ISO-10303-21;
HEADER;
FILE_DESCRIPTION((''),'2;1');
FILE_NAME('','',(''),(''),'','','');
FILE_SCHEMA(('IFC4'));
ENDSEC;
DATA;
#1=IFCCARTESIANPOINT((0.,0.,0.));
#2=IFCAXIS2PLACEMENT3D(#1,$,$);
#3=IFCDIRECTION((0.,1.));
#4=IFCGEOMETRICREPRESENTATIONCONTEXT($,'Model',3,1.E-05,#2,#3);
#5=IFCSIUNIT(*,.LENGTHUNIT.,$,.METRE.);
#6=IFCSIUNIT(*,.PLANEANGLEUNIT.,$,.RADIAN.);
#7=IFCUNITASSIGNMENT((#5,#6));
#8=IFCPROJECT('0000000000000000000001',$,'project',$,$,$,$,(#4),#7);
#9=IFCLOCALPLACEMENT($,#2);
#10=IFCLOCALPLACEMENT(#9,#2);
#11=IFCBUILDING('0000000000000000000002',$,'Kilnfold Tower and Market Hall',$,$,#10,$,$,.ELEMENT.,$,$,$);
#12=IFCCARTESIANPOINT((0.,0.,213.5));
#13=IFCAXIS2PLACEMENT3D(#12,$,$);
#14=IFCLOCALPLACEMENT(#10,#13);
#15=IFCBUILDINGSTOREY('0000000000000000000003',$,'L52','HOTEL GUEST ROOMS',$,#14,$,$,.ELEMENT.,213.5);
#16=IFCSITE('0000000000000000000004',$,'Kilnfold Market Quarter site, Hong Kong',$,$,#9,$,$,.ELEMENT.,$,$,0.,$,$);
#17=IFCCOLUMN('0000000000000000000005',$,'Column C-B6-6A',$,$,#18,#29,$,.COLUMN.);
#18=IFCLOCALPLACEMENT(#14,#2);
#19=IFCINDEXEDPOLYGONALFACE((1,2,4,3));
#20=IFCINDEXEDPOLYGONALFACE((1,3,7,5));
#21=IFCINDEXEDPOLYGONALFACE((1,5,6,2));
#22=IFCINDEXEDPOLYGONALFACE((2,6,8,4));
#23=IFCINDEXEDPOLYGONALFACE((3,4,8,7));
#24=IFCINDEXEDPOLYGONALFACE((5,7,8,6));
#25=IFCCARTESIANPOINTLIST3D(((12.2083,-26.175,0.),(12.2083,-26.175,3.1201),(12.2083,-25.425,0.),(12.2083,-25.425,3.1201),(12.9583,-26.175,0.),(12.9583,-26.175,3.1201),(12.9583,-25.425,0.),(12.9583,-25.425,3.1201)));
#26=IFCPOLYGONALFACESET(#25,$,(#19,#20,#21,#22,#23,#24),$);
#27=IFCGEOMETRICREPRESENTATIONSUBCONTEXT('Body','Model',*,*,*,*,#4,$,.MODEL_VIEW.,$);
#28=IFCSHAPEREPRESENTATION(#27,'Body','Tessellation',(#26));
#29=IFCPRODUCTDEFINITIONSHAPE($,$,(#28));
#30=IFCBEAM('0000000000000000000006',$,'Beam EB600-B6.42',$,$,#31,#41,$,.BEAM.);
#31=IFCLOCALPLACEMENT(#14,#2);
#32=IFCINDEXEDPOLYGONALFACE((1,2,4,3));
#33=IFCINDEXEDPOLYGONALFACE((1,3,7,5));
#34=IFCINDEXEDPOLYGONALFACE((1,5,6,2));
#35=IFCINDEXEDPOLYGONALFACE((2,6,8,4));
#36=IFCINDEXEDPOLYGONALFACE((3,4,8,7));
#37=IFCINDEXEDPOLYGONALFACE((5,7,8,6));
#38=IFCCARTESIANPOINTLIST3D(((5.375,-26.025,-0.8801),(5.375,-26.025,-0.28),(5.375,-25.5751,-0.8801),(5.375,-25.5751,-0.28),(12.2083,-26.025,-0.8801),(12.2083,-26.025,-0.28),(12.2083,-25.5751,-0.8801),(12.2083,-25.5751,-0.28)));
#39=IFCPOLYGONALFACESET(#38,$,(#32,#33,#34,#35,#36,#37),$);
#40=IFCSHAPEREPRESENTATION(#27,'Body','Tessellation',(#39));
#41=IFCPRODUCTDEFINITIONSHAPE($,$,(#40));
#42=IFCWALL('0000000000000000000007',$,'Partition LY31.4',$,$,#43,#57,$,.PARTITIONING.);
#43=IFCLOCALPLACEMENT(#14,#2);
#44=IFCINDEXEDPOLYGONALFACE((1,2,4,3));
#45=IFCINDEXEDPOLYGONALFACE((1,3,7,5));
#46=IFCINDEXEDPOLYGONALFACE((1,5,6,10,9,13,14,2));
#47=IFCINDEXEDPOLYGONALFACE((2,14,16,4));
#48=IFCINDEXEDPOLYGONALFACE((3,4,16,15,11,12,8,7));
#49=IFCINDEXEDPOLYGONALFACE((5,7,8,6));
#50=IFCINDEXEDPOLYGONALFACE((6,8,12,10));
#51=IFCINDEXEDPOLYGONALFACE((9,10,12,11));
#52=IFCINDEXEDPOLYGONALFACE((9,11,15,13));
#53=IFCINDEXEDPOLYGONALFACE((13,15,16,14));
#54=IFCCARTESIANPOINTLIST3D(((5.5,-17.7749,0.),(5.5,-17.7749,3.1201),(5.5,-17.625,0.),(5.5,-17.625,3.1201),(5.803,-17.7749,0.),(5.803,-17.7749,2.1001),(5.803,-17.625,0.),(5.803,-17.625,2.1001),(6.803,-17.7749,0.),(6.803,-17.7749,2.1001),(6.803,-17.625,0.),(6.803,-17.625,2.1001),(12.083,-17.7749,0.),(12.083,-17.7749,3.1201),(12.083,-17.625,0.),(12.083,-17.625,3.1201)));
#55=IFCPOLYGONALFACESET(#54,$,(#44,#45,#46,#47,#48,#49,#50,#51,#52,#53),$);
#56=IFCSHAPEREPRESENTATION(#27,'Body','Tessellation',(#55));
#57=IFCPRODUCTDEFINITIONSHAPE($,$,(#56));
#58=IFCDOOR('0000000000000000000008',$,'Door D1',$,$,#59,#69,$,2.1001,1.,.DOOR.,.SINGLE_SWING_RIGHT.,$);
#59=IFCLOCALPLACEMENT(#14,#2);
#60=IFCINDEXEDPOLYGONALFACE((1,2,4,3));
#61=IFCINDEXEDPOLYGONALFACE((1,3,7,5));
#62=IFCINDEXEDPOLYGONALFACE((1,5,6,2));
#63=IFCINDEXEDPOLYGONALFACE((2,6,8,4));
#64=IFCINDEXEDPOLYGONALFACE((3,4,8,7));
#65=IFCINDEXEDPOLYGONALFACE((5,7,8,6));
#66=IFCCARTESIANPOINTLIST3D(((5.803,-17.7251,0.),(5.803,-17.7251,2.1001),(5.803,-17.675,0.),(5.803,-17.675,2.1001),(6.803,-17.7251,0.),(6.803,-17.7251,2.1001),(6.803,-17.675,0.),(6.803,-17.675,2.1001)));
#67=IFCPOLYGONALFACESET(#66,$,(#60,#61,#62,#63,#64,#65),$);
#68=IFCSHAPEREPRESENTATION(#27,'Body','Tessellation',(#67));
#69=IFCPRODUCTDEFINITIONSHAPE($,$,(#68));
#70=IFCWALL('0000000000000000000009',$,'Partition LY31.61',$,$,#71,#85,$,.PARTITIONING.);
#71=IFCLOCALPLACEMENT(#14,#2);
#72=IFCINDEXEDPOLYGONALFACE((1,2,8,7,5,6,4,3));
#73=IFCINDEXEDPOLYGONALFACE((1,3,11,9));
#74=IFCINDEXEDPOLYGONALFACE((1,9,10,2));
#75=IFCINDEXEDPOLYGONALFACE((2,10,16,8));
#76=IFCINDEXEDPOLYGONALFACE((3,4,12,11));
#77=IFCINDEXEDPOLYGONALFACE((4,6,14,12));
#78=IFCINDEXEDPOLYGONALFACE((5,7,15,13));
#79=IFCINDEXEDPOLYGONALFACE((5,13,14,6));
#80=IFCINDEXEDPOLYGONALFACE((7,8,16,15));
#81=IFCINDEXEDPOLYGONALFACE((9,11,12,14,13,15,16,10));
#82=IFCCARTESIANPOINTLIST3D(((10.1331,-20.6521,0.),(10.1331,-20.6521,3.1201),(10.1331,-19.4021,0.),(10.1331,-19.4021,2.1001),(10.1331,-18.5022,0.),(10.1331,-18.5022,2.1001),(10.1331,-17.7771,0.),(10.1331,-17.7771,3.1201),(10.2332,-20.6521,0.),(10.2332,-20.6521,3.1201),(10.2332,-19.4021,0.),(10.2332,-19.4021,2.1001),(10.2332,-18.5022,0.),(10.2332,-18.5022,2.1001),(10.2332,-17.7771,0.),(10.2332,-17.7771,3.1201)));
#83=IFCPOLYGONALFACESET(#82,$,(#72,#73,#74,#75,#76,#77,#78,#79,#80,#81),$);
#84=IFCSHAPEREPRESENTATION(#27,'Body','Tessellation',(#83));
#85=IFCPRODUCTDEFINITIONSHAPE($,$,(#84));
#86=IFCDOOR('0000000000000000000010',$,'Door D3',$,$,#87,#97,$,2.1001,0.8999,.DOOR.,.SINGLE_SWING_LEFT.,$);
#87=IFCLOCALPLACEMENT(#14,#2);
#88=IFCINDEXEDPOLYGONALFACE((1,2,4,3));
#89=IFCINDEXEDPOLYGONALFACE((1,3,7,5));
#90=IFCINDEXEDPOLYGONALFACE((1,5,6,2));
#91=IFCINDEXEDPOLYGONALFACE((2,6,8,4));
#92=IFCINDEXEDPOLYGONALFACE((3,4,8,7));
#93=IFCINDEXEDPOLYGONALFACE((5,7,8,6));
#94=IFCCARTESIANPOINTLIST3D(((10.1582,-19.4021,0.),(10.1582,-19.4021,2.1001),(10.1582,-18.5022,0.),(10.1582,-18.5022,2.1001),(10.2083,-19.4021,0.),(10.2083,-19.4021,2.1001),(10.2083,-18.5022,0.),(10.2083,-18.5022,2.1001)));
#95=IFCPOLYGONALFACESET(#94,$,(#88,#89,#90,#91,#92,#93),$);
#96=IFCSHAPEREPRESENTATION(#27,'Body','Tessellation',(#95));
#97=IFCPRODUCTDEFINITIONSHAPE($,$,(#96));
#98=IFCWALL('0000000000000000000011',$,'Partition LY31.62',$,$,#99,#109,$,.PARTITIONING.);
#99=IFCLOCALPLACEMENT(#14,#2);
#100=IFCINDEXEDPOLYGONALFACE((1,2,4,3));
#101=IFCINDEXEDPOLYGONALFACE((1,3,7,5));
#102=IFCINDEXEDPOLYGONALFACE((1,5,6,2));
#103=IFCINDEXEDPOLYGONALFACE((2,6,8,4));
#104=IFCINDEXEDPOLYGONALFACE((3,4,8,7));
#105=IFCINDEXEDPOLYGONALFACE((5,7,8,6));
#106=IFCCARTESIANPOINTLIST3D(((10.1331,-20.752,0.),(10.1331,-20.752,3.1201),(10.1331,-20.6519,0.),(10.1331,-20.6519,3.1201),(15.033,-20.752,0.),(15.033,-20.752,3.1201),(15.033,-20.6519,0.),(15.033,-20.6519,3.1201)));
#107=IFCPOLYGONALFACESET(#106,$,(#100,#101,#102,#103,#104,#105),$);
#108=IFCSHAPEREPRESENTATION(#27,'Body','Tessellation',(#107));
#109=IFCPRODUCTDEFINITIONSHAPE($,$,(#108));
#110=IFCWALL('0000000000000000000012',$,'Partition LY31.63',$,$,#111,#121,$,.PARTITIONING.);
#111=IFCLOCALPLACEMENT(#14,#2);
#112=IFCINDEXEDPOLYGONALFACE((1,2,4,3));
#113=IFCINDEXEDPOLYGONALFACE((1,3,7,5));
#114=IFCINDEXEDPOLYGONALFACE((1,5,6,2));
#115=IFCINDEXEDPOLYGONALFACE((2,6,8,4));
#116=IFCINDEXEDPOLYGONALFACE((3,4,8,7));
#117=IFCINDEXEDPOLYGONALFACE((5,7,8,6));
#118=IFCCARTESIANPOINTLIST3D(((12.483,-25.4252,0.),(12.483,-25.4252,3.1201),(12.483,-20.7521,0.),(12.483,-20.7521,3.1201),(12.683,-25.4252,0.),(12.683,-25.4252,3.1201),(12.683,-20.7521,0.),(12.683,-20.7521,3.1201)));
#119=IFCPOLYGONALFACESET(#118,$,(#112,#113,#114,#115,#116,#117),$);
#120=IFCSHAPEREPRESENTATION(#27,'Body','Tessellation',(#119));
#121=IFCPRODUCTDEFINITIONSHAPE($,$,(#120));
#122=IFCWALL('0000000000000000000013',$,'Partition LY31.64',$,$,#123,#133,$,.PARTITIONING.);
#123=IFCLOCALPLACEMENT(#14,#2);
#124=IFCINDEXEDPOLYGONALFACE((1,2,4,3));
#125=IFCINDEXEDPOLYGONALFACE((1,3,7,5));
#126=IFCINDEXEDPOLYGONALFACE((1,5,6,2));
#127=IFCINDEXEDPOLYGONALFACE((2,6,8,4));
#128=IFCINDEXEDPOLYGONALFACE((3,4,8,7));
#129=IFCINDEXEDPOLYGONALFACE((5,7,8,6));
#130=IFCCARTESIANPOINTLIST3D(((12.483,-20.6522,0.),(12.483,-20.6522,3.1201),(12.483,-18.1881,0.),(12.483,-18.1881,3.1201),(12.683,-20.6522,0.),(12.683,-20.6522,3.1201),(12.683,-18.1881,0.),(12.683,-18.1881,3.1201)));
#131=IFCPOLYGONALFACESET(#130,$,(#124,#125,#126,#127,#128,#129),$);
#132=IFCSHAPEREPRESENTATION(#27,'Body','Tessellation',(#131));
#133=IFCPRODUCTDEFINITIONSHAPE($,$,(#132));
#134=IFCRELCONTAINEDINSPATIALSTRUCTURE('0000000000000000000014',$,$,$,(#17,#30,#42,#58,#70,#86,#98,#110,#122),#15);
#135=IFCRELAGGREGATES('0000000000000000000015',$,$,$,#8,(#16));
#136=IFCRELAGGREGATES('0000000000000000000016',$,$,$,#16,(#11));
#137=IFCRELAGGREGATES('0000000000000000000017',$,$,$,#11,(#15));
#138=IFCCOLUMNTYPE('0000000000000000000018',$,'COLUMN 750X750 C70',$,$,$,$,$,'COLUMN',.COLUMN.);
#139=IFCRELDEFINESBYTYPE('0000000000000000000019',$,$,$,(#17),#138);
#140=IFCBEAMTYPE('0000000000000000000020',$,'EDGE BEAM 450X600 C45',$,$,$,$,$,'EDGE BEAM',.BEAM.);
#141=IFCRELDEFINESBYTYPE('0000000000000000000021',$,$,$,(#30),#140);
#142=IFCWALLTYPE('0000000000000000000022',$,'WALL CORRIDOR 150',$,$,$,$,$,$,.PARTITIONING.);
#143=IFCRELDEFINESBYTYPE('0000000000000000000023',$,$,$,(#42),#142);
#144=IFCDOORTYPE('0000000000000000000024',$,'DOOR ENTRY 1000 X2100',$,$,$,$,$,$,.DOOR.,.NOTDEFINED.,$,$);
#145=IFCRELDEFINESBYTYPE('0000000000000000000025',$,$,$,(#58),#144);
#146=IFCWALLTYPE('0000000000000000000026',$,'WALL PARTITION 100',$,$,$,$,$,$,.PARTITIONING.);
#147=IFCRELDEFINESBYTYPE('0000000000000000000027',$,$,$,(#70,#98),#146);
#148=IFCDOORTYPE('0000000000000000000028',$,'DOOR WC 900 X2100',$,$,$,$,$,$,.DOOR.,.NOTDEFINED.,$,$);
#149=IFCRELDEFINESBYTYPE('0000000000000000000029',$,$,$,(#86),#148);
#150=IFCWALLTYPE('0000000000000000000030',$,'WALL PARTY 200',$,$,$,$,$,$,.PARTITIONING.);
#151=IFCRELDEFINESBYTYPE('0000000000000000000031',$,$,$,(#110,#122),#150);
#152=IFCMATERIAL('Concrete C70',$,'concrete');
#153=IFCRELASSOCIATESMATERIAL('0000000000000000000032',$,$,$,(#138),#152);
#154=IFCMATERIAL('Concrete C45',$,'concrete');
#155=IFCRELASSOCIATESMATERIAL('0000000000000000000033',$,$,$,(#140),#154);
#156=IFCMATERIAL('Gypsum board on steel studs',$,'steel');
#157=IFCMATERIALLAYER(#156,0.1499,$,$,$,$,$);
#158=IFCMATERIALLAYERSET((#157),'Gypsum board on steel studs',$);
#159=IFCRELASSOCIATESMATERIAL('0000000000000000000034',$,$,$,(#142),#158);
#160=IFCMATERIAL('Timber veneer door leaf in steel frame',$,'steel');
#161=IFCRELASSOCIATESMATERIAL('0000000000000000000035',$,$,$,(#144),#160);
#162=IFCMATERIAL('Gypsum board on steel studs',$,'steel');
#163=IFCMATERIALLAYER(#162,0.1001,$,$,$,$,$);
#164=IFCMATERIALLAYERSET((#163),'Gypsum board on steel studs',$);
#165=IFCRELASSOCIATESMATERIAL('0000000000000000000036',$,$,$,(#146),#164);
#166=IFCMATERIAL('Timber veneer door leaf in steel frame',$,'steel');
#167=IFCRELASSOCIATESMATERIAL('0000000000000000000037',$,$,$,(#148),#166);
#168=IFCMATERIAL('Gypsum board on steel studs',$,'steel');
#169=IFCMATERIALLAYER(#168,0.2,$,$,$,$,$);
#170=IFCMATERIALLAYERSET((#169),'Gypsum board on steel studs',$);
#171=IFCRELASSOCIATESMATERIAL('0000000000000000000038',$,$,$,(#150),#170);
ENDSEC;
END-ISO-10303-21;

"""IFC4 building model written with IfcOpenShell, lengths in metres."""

from ifc_helpers import new_model, si_unit, direction, frame, frame_2d, origin, origin_2d, place, context, subcontext, project, spatial, rectangle, extrude, source, transform, mapped, material, layer, layer_set, material_profile, profile_set, type_object, element, fill, save


model = new_model("IFC4")

# Units and contexts
model_context = context("Model", 3, precision=1e-05, world=origin(), true_north=direction((0.0, 1.0)))
body_context = subcontext(model_context, "Body", "Model", "MODEL_VIEW")
ifc_project = project(units=[si_unit("LENGTHUNIT", "METRE"), si_unit("PLANEANGLEUNIT", "RADIAN")], contexts=[model_context])

# Site, building, storey
site_placement = place(None, origin())
site = spatial("IfcSite", under=ifc_project, at=site_placement, Name="Kilnfold Market Quarter site, Hong Kong", CompositionType="ELEMENT", RefElevation=0.0)
building_placement = place(site_placement, origin())
building = spatial("IfcBuilding", under=site, at=building_placement, Name="Kilnfold Tower and Market Hall", CompositionType="ELEMENT")
storey_placement = place(building_placement, frame((0.0, 0.0, 213.5)))
storey = spatial("IfcBuildingStorey", under=building, at=storey_placement, Name="L52", Description="HOTEL GUEST ROOMS", CompositionType="ELEMENT", Elevation=213.5)

# Column
ifc_material_1 = material(Name="Concrete C70", Category="concrete")
ifc_material_profile_1 = material_profile(ifc_material_1, rectangle(XDim=0.75, YDim=0.75, at=origin_2d()), Name="RC 750x750")
ifc_profile_set_1 = profile_set([ifc_material_profile_1], Name="Concrete C70")
column_type = type_object("IfcColumnType", Name="COLUMN 750X750 C70", ElementType="COLUMN", PredefinedType="COLUMN", material=ifc_profile_set_1)
shared_shape_1 = source(origin(), body_context, "Body", "SweptSolid", [
    extrude(rectangle(XDim=0.75, YDim=0.75, at=origin_2d()), origin(), (0.0, 0.0, 1.0), 3.1201),
])
column_placement = place(storey_placement, frame((12.5833, -25.8, 0.0), z_axis=(0.0, 0.0, 1.0), x_axis=(1.0, 0.0, 0.0)))
element("IfcColumn", 1, at=column_placement, inside=storey, type_object=column_type, Name="Column C-B6-6A", PredefinedType="COLUMN", context=body_context, shape_type="MappedRepresentation", body=[
    mapped(shared_shape_1, transform((0.0, 0.0, 0.0))),
])

# Beam
ifc_material_2 = material(Name="Concrete C45", Category="concrete")
ifc_material_profile_2 = material_profile(ifc_material_2, rectangle(XDim=0.45, YDim=0.6001, at=origin_2d()), Name="RC 450x600")
ifc_profile_set_2 = profile_set([ifc_material_profile_2], Name="Concrete C45")
beam_type = type_object("IfcBeamType", Name="EDGE BEAM 450X600 C45", ElementType="EDGE BEAM", PredefinedType="BEAM", material=ifc_profile_set_2)
shared_shape_2 = source(origin(), body_context, "Body", "SweptSolid", [
    extrude(rectangle(XDim=0.45, YDim=0.6001, at=origin_2d()), origin(), (0.0, 0.0, 1.0), 6.8333),
])
beam_placement = place(storey_placement, frame((5.375, -25.8, -0.5801), z_axis=(1.0, 0.0, 0.0), x_axis=(0.0, 1.0, 0.0)))
element("IfcBeam", 2, at=beam_placement, inside=storey, type_object=beam_type, Name="Beam EB600-B6.42", PredefinedType="BEAM", context=body_context, shape_type="MappedRepresentation", body=[
    mapped(shared_shape_2, transform((0.0, 0.0, 0.0))),
])

# Walls, openings, doors
ifc_material_3 = material(Name="Gypsum board on steel studs", Category="steel")
ifc_layer_1 = layer(ifc_material_3, 0.1499)
ifc_layer_set_1 = layer_set([ifc_layer_1], Name="Gypsum board on steel studs")
wall_type_1 = type_object("IfcWallType", Name="WALL CORRIDOR 150", PredefinedType="PARTITIONING", material=ifc_layer_set_1)
wall_1_placement = place(storey_placement, frame((5.5, -17.7, 0.0), z_axis=(0.0, 0.0, 1.0), x_axis=(1.0, 0.0, 0.0)))
wall_1 = element("IfcWall", 3, at=wall_1_placement, inside=storey, type_object=wall_type_1, Name="Partition LY31.4", PredefinedType="PARTITIONING", context=body_context, shape_type="SweptSolid", body=[
    extrude(rectangle(XDim=6.583, YDim=0.1499, at=frame_2d((3.2915, 0.0))), origin(), (0.0, 0.0, 1.0), 3.1201),
])
opening_1_placement = place(wall_1_placement, frame((0.303, 0.0, 0.0)))
opening_1 = element("IfcOpeningElement", 4, at=opening_1_placement, cuts=wall_1, PredefinedType="OPENING", context=body_context, shape_type="SweptSolid", body=[
    extrude(rectangle(XDim=1.0, YDim=2.1001, at=frame_2d((0.5, 1.05))), frame((0.0, 0.085, 0.0), z_axis=(0.0, -1.0, 0.0), x_axis=(1.0, 0.0, 0.0)), (0.0, 0.0, 1.0), 0.1699),
])
ifc_material_4 = material(Name="Timber veneer door leaf in steel frame", Category="steel")
door_type_1 = type_object("IfcDoorType", Name="DOOR ENTRY 1000 X2100", OperationType="NOTDEFINED", PredefinedType="DOOR", material=ifc_material_4)
door_1_placement = place(opening_1_placement, origin())
door_1 = element("IfcDoor", 5, at=door_1_placement, inside=storey, type_object=door_type_1, Name="Door D1", OperationType="SINGLE_SWING_RIGHT", OverallHeight=2.1001, OverallWidth=1.0, PredefinedType="DOOR", context=body_context, shape_type="SweptSolid", body=[
    extrude(rectangle(XDim=1.0, YDim=2.1001, at=frame_2d((0.5, 1.05))), frame((0.0, 0.0249, 0.0), z_axis=(0.0, -1.0, 0.0), x_axis=(1.0, 0.0, 0.0)), (0.0, 0.0, 1.0), 0.05),
])
fill(opening_1, door_1)
ifc_material_5 = material(Name="Gypsum board on steel studs", Category="steel")
ifc_layer_2 = layer(ifc_material_5, 0.1001)
ifc_layer_set_2 = layer_set([ifc_layer_2], Name="Gypsum board on steel studs")
wall_type_2 = type_object("IfcWallType", Name="WALL PARTITION 100", PredefinedType="PARTITIONING", material=ifc_layer_set_2)
wall_2_placement = place(storey_placement, frame((10.1831, -20.6521, 0.0), z_axis=(0.0, 0.0, 1.0), x_axis=(0.0, 1.0, 0.0)))
wall_2 = element("IfcWall", 6, at=wall_2_placement, inside=storey, type_object=wall_type_2, Name="Partition LY31.61", PredefinedType="PARTITIONING", context=body_context, shape_type="SweptSolid", body=[
    extrude(rectangle(XDim=2.875, YDim=0.1001, at=frame_2d((1.4375, 0.0))), origin(), (0.0, 0.0, 1.0), 3.1201),
])
opening_2_placement = place(wall_2_placement, frame((1.25, 0.0, 0.0)))
opening_2 = element("IfcOpeningElement", 7, at=opening_2_placement, cuts=wall_2, PredefinedType="OPENING", context=body_context, shape_type="SweptSolid", body=[
    extrude(rectangle(XDim=0.8999, YDim=2.1001, at=frame_2d((0.45, 1.05))), frame((0.0, 0.0601, 0.0), z_axis=(0.0, -1.0, 0.0), x_axis=(1.0, 0.0, 0.0)), (0.0, 0.0, 1.0), 0.1201),
])
ifc_material_6 = material(Name="Timber veneer door leaf in steel frame", Category="steel")
door_type_2 = type_object("IfcDoorType", Name="DOOR WC 900 X2100", OperationType="NOTDEFINED", PredefinedType="DOOR", material=ifc_material_6)
door_2_placement = place(opening_2_placement, origin())
door_2 = element("IfcDoor", 8, at=door_2_placement, inside=storey, type_object=door_type_2, Name="Door D3", OperationType="SINGLE_SWING_LEFT", OverallHeight=2.1001, OverallWidth=0.8999, PredefinedType="DOOR", context=body_context, shape_type="SweptSolid", body=[
    extrude(rectangle(XDim=0.8999, YDim=2.1001, at=frame_2d((0.45, 1.05))), frame((0.0, 0.0249, 0.0), z_axis=(0.0, -1.0, 0.0), x_axis=(1.0, 0.0, 0.0)), (0.0, 0.0, 1.0), 0.05),
])
fill(opening_2, door_2)

# Walls
wall_3_placement = place(storey_placement, frame((10.1331, -20.7019, 0.0), z_axis=(0.0, 0.0, 1.0), x_axis=(1.0, 0.0, 0.0)))
element("IfcWall", 9, at=wall_3_placement, inside=storey, type_object=wall_type_2, Name="Partition LY31.62", PredefinedType="PARTITIONING", context=body_context, shape_type="SweptSolid", body=[
    extrude(rectangle(XDim=4.8999, YDim=0.1001, at=frame_2d((2.45, 0.0))), origin(), (0.0, 0.0, 1.0), 3.1201),
])
ifc_material_7 = material(Name="Gypsum board on steel studs", Category="steel")
ifc_layer_3 = layer(ifc_material_7, 0.2)
ifc_layer_set_3 = layer_set([ifc_layer_3], Name="Gypsum board on steel studs")
wall_type_3 = type_object("IfcWallType", Name="WALL PARTY 200", PredefinedType="PARTITIONING", material=ifc_layer_set_3)
wall_4_placement = place(storey_placement, frame((12.583, -25.425, 0.0), z_axis=(0.0, 0.0, 1.0), x_axis=(0.0, 1.0, 0.0)))
element("IfcWall", 10, at=wall_4_placement, inside=storey, type_object=wall_type_3, Name="Partition LY31.63", PredefinedType="PARTITIONING", context=body_context, shape_type="SweptSolid", body=[
    extrude(rectangle(XDim=4.6731, YDim=0.2, at=frame_2d((2.3364, 0.0))), origin(), (0.0, 0.0, 1.0), 3.1201),
])
wall_5_placement = place(storey_placement, frame((12.583, -20.6521, 0.0), z_axis=(0.0, 0.0, 1.0), x_axis=(0.0, 1.0, 0.0)))
element("IfcWall", 11, at=wall_5_placement, inside=storey, type_object=wall_type_3, Name="Partition LY31.64", PredefinedType="PARTITIONING", context=body_context, shape_type="SweptSolid", body=[
    extrude(rectangle(XDim=2.4641, YDim=0.2, at=frame_2d((1.2319, 0.0))), origin(), (0.0, 0.0, 1.0), 3.1201),
])

save(model, "model.ifc")
